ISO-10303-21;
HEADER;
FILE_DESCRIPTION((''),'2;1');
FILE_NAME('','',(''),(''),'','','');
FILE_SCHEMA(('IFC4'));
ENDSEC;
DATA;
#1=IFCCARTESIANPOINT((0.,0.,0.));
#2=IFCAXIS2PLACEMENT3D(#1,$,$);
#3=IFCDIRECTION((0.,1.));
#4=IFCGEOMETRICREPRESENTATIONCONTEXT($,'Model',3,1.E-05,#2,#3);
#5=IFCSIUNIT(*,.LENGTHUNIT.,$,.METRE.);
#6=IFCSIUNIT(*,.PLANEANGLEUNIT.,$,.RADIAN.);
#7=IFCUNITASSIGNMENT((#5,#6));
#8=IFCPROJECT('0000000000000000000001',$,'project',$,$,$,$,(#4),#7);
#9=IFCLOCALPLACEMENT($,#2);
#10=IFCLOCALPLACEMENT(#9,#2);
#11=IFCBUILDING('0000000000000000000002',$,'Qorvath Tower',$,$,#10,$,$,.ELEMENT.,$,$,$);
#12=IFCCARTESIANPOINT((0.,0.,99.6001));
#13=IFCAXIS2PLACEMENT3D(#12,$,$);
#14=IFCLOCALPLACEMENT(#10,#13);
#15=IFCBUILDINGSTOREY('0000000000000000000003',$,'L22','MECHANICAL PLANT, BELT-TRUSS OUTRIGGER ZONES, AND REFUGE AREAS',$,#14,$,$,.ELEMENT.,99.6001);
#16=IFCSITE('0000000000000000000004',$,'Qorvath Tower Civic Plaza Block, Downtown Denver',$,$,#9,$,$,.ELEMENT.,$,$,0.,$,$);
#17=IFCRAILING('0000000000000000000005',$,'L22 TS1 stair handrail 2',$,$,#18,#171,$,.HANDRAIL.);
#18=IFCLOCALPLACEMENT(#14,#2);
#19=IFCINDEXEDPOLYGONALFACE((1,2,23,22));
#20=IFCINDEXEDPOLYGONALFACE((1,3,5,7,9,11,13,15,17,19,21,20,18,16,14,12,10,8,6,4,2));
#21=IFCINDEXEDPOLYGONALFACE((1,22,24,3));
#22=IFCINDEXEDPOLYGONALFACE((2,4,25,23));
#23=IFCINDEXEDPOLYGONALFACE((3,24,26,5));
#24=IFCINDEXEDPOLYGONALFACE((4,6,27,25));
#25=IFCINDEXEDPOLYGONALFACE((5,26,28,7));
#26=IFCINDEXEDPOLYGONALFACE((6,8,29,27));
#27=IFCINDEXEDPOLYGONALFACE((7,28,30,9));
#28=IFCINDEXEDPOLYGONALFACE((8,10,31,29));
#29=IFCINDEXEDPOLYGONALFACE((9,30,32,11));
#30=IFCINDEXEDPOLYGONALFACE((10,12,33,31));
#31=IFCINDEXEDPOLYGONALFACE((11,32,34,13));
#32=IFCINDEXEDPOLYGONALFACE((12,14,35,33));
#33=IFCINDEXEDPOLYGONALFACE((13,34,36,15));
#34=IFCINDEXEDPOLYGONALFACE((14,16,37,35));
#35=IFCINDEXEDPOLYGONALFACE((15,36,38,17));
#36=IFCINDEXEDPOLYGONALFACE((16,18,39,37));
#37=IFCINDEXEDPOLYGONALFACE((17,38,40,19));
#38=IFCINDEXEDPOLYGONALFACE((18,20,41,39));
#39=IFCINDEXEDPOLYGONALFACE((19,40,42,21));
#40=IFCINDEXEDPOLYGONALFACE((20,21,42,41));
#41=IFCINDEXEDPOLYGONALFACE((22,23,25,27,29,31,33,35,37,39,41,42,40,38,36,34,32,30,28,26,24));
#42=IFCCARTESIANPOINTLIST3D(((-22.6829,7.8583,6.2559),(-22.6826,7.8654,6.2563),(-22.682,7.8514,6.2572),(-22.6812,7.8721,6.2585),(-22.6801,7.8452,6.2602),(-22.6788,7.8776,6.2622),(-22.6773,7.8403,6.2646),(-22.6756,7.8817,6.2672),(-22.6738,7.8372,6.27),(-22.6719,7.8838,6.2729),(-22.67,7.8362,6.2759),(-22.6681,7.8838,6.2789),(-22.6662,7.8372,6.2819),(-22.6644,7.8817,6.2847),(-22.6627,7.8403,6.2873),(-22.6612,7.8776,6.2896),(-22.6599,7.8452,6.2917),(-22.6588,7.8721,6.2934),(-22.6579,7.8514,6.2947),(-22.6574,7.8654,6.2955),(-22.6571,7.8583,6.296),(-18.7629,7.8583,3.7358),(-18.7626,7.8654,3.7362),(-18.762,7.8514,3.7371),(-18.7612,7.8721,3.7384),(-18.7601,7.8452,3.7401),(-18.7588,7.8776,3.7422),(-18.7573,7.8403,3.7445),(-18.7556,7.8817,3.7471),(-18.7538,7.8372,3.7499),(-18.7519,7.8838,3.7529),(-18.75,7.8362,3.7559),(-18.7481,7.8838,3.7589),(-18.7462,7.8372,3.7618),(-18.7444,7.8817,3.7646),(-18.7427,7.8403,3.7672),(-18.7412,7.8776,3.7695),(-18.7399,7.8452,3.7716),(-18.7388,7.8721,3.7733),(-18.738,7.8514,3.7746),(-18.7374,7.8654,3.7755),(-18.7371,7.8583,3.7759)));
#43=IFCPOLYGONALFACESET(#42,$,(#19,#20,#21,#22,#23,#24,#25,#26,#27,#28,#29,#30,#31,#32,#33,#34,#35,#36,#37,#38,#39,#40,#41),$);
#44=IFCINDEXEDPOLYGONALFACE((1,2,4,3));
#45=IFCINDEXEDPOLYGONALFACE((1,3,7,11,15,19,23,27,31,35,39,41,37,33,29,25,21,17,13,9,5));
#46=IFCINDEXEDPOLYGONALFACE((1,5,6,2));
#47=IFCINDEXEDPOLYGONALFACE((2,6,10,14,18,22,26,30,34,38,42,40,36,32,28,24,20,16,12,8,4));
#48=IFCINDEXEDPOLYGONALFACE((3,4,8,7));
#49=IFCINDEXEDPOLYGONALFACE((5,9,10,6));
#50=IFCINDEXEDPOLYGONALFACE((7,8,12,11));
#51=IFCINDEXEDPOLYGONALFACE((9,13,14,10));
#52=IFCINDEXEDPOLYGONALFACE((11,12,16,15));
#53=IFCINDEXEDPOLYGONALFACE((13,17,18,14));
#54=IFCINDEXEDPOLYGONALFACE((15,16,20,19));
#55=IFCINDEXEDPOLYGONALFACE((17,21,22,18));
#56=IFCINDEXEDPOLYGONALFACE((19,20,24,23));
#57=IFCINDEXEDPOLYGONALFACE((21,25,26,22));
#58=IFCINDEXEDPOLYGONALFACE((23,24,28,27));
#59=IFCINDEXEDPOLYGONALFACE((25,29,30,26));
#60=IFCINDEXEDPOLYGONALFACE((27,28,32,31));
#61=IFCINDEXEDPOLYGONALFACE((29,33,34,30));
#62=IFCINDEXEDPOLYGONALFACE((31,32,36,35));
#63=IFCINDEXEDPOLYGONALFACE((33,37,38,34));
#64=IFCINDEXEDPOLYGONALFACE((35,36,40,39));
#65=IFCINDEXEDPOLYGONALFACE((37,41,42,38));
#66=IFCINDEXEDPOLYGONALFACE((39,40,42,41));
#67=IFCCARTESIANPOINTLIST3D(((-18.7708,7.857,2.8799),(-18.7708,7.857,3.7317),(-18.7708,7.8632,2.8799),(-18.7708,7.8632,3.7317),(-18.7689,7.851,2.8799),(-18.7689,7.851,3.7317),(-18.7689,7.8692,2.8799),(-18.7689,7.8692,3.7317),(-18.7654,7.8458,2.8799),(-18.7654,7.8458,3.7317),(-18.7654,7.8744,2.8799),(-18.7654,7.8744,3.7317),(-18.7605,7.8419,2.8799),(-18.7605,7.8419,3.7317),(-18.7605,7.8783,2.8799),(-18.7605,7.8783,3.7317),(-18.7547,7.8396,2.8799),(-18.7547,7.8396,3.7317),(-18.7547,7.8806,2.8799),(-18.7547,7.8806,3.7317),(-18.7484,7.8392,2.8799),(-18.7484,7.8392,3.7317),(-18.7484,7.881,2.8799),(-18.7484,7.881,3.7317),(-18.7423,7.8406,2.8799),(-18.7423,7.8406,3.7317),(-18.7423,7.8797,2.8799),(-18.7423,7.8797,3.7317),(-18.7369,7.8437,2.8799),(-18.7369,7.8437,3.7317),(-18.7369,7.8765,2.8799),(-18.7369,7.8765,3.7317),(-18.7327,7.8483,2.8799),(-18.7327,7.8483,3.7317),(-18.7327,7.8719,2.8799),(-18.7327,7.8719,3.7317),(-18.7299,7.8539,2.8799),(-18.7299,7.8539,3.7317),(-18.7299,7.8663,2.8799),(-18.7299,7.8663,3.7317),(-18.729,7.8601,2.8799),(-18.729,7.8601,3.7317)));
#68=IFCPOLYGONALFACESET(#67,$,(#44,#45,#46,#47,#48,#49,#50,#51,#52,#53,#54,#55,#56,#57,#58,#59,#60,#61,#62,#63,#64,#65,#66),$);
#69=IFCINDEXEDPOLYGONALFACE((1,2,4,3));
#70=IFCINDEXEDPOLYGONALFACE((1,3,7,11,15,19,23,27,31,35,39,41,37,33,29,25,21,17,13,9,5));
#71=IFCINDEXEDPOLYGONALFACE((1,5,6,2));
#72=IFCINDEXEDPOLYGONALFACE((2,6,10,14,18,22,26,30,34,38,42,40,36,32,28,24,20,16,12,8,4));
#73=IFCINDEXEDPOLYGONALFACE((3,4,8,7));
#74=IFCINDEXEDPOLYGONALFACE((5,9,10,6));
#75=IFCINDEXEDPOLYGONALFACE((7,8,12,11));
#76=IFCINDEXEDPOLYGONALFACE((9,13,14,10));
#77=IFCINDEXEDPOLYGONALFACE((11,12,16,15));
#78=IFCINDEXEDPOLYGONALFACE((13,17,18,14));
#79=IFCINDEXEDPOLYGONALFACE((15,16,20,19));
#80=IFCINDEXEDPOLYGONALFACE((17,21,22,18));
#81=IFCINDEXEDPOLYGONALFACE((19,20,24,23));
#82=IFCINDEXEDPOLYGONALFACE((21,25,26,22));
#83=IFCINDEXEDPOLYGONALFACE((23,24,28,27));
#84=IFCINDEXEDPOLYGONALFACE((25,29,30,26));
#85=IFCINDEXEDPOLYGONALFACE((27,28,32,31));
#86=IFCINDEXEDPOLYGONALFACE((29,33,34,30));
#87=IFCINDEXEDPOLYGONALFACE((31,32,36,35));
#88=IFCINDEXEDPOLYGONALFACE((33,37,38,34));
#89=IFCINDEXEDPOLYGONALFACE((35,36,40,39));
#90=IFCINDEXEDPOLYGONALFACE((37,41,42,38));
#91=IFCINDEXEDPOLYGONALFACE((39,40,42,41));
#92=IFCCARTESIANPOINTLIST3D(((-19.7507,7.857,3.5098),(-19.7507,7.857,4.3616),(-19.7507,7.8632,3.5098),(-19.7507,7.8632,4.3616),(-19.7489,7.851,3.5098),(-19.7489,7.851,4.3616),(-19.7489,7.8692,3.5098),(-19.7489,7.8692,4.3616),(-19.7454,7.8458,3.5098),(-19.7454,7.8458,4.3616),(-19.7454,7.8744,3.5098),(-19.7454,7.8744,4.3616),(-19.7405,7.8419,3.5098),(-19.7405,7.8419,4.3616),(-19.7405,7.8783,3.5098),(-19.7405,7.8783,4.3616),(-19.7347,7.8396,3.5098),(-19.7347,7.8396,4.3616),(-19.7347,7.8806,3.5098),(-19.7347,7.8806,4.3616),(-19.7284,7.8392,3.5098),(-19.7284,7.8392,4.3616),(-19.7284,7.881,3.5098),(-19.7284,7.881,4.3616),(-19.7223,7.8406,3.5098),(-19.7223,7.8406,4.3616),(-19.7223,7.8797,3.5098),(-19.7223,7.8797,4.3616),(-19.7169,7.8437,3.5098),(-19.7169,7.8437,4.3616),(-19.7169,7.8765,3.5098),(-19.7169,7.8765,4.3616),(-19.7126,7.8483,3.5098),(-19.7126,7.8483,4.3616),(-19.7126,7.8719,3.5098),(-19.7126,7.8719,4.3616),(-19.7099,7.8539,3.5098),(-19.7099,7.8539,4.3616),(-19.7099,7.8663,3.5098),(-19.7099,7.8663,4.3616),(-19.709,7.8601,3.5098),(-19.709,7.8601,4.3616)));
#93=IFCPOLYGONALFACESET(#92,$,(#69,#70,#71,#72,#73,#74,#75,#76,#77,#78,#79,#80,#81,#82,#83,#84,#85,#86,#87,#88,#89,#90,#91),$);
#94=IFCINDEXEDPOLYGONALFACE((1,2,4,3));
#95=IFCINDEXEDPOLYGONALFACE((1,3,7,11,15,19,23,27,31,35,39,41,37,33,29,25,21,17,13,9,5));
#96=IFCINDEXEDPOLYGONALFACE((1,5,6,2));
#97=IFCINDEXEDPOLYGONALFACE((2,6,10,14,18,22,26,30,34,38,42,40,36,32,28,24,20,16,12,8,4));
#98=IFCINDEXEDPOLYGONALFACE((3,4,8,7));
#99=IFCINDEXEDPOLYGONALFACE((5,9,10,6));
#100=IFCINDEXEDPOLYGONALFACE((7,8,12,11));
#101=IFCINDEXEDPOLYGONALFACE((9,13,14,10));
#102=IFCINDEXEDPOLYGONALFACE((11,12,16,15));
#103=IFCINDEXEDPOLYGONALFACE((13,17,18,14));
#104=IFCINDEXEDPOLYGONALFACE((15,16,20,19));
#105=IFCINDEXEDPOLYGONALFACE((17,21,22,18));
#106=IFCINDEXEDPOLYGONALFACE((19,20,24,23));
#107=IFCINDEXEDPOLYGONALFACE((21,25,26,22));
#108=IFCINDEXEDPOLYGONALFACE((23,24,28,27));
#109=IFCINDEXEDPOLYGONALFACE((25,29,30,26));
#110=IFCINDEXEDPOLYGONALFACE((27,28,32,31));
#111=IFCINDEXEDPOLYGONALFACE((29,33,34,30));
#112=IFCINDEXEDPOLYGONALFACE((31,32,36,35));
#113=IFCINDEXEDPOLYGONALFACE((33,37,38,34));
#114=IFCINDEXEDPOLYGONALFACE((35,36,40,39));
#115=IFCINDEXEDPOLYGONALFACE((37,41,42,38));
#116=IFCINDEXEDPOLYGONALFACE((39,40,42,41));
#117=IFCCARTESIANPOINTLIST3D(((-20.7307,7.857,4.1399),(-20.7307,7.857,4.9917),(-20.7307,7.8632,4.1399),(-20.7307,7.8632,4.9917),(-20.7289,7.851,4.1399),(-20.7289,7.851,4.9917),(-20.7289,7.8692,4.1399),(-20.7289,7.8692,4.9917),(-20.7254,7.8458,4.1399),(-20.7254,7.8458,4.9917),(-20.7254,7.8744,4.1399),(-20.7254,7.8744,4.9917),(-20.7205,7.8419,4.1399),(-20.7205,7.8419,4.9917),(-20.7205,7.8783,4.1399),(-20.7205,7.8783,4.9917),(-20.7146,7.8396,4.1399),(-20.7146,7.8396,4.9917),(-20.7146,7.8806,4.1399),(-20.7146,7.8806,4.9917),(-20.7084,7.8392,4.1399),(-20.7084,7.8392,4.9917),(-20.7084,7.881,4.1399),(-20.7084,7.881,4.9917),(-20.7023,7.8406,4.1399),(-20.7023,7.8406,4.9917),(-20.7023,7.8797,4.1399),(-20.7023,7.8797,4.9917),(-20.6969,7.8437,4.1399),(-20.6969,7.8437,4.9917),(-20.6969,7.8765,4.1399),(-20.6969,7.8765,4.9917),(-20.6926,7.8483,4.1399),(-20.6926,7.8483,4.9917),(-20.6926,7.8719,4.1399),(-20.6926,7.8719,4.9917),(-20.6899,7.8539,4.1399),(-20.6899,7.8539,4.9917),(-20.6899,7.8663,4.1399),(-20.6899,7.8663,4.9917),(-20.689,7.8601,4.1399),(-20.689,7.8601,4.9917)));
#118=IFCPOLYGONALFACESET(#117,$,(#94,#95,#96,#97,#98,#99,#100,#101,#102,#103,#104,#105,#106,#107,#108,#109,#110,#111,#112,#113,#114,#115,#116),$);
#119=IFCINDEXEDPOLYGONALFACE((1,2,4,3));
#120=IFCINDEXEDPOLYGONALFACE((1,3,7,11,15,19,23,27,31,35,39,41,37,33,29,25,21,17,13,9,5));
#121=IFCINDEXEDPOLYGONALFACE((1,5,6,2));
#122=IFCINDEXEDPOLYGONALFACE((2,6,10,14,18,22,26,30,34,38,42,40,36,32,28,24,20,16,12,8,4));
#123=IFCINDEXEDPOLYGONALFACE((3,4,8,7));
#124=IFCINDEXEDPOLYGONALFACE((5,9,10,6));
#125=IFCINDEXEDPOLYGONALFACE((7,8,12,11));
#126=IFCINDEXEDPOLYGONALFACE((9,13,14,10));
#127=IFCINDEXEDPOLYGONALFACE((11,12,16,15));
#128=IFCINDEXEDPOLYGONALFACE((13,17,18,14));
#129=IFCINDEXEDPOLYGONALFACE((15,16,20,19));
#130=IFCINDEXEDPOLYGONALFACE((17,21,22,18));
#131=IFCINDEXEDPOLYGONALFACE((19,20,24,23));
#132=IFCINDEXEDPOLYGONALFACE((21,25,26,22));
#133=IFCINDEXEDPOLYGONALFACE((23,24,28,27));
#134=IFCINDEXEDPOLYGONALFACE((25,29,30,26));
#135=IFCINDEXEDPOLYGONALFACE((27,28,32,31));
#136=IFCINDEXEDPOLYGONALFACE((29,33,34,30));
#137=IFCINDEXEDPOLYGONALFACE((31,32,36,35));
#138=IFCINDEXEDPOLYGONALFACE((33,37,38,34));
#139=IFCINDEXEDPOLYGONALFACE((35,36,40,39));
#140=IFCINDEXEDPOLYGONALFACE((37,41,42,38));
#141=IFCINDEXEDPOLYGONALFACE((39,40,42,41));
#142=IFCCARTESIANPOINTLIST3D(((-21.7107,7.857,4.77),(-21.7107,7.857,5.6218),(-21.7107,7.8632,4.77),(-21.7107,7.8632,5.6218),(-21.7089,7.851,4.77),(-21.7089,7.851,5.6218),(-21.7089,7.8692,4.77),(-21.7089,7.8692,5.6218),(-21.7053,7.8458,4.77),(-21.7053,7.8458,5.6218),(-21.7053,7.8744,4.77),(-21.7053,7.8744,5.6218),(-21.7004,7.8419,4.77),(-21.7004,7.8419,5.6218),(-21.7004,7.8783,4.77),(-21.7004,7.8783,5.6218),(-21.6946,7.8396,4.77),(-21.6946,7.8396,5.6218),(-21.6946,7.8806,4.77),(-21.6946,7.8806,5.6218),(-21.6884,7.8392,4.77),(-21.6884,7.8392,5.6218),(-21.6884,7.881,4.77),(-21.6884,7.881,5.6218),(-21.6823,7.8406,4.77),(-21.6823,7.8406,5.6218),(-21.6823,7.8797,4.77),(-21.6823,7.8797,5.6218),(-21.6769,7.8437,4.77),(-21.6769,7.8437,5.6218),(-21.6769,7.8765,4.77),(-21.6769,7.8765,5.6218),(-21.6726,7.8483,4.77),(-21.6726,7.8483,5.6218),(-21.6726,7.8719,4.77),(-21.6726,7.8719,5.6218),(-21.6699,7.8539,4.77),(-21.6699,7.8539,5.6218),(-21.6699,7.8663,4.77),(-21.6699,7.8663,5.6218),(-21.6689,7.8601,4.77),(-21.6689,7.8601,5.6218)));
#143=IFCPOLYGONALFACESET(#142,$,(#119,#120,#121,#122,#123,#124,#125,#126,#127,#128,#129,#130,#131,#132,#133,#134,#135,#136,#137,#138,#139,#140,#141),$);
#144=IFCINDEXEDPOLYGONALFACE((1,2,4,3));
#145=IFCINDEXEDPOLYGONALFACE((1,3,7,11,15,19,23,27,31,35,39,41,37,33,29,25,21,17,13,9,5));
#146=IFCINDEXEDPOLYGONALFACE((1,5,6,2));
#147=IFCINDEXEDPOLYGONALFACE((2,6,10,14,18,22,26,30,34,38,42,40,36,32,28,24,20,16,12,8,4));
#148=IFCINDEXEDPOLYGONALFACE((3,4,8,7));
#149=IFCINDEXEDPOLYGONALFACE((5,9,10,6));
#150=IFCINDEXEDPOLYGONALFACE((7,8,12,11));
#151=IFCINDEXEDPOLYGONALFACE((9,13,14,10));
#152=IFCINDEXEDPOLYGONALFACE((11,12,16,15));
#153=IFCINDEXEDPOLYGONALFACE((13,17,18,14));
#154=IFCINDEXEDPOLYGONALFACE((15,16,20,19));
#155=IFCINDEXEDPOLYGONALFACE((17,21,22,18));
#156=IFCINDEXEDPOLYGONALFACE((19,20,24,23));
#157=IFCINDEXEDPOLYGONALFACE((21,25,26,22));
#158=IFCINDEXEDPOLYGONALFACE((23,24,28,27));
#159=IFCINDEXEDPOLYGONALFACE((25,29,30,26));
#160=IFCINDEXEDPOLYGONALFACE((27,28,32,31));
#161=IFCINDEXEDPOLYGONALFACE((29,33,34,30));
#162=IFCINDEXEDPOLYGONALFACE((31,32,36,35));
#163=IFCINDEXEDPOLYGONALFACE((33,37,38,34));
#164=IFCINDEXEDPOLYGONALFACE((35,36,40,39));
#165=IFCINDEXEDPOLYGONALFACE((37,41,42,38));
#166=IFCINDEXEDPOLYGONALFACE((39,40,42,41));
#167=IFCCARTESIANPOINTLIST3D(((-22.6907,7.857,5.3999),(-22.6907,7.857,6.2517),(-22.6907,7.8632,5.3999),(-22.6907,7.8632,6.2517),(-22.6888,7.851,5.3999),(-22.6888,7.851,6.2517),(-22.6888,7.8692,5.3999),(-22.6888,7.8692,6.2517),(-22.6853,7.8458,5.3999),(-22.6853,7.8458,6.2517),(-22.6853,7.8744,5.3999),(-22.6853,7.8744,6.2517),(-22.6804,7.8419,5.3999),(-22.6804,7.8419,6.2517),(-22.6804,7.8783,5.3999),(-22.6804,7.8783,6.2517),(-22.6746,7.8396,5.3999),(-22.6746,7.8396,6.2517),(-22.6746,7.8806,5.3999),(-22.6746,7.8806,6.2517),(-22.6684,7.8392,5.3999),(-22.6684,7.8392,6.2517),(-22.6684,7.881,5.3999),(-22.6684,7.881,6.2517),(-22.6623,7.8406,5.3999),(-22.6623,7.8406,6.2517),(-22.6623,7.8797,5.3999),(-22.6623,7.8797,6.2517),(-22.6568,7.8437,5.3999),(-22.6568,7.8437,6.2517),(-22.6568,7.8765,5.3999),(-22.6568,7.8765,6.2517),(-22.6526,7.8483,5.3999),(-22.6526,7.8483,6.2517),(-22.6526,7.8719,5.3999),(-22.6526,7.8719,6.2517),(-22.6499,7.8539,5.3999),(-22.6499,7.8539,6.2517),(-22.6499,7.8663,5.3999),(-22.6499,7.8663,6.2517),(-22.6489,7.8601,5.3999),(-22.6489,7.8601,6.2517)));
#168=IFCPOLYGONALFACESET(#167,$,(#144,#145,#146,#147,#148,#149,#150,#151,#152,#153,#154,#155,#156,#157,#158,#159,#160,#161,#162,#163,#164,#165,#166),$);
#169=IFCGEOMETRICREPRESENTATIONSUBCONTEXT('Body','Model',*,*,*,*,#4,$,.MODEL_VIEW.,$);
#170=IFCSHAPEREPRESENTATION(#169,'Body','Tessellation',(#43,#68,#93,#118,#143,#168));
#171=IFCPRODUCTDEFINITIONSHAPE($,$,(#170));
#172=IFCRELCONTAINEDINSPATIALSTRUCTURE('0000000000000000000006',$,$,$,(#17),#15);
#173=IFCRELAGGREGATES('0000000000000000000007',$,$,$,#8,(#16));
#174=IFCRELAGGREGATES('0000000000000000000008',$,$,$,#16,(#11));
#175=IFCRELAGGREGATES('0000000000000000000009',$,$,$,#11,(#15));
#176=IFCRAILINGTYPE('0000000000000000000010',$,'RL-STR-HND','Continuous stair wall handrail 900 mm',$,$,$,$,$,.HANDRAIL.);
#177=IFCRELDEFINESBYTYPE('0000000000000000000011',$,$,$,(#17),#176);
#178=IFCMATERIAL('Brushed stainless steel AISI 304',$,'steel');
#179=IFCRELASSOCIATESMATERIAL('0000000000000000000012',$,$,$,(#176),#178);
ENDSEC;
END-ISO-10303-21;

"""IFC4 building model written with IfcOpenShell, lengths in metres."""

from ifc_helpers import new_model, si_unit, direction, frame, origin, origin_2d, place, context, subcontext, project, spatial, circle, extrude, material, type_object, element, save


model = new_model("IFC4")

# Units and contexts
model_context = context("Model", 3, precision=1e-05, world=origin(), true_north=direction((0.0, 1.0)))
body_context = subcontext(model_context, "Body", "Model", "MODEL_VIEW")
ifc_project = project(units=[si_unit("LENGTHUNIT", "METRE"), si_unit("PLANEANGLEUNIT", "RADIAN")], contexts=[model_context])

# Site, building, storey
site_placement = place(None, origin())
site = spatial("IfcSite", under=ifc_project, at=site_placement, Name="Qorvath Tower Civic Plaza Block, Downtown Denver", CompositionType="ELEMENT", RefElevation=0.0)
building_placement = place(site_placement, origin())
building = spatial("IfcBuilding", under=site, at=building_placement, Name="Qorvath Tower", CompositionType="ELEMENT")
storey_placement = place(building_placement, frame((0.0, 0.0, 99.6001)))
storey = spatial("IfcBuildingStorey", under=building, at=storey_placement, Name="L22", Description="MECHANICAL PLANT, BELT-TRUSS OUTRIGGER ZONES, AND REFUGE AREAS", CompositionType="ELEMENT", Elevation=99.6001)

# Railing
ifc_material_1 = material(Name="Brushed stainless steel AISI 304", Category="steel")
railing_type_1 = type_object("IfcRailingType", Name="RL-STR-HND", Description="Continuous stair wall handrail 900 mm", PredefinedType="HANDRAIL", material=ifc_material_1)
railing_1_placement = place(storey_placement, frame((-18.75, 7.8601, 2.8799)))
element("IfcRailing", 1, at=railing_1_placement, inside=storey, type_object=railing_type_1, Name="L22 TS1 stair handrail 2", PredefinedType="HANDRAIL", context=body_context, shape_type="SweptSolid", body=[
    extrude(circle(Radius=0.0239, at=origin_2d()), frame((0.0, 0.0, 0.876), z_axis=(-0.841172, 0.0, 0.540768), x_axis=(0.0, -1.0, 0.0)), (0.0, 0.0, 1.0), 4.6602),
    extrude(circle(Radius=0.021, at=origin_2d()), origin(), (0.0, 0.0, 1.0), 0.8518),
    extrude(circle(Radius=0.021, at=origin_2d()), frame((-0.98, 0.0, 0.6299)), (0.0, 0.0, 1.0), 0.8518),
    extrude(circle(Radius=0.021, at=origin_2d()), frame((-1.96, 0.0, 1.26)), (0.0, 0.0, 1.0), 0.8518),
    extrude(circle(Radius=0.021, at=origin_2d()), frame((-2.9399, 0.0, 1.8901)), (0.0, 0.0, 1.0), 0.8518),
    extrude(circle(Radius=0.021, at=origin_2d()), frame((-3.9199, 0.0, 2.52)), (0.0, 0.0, 1.0), 0.8518),
])

save(model, "model.ifc")
